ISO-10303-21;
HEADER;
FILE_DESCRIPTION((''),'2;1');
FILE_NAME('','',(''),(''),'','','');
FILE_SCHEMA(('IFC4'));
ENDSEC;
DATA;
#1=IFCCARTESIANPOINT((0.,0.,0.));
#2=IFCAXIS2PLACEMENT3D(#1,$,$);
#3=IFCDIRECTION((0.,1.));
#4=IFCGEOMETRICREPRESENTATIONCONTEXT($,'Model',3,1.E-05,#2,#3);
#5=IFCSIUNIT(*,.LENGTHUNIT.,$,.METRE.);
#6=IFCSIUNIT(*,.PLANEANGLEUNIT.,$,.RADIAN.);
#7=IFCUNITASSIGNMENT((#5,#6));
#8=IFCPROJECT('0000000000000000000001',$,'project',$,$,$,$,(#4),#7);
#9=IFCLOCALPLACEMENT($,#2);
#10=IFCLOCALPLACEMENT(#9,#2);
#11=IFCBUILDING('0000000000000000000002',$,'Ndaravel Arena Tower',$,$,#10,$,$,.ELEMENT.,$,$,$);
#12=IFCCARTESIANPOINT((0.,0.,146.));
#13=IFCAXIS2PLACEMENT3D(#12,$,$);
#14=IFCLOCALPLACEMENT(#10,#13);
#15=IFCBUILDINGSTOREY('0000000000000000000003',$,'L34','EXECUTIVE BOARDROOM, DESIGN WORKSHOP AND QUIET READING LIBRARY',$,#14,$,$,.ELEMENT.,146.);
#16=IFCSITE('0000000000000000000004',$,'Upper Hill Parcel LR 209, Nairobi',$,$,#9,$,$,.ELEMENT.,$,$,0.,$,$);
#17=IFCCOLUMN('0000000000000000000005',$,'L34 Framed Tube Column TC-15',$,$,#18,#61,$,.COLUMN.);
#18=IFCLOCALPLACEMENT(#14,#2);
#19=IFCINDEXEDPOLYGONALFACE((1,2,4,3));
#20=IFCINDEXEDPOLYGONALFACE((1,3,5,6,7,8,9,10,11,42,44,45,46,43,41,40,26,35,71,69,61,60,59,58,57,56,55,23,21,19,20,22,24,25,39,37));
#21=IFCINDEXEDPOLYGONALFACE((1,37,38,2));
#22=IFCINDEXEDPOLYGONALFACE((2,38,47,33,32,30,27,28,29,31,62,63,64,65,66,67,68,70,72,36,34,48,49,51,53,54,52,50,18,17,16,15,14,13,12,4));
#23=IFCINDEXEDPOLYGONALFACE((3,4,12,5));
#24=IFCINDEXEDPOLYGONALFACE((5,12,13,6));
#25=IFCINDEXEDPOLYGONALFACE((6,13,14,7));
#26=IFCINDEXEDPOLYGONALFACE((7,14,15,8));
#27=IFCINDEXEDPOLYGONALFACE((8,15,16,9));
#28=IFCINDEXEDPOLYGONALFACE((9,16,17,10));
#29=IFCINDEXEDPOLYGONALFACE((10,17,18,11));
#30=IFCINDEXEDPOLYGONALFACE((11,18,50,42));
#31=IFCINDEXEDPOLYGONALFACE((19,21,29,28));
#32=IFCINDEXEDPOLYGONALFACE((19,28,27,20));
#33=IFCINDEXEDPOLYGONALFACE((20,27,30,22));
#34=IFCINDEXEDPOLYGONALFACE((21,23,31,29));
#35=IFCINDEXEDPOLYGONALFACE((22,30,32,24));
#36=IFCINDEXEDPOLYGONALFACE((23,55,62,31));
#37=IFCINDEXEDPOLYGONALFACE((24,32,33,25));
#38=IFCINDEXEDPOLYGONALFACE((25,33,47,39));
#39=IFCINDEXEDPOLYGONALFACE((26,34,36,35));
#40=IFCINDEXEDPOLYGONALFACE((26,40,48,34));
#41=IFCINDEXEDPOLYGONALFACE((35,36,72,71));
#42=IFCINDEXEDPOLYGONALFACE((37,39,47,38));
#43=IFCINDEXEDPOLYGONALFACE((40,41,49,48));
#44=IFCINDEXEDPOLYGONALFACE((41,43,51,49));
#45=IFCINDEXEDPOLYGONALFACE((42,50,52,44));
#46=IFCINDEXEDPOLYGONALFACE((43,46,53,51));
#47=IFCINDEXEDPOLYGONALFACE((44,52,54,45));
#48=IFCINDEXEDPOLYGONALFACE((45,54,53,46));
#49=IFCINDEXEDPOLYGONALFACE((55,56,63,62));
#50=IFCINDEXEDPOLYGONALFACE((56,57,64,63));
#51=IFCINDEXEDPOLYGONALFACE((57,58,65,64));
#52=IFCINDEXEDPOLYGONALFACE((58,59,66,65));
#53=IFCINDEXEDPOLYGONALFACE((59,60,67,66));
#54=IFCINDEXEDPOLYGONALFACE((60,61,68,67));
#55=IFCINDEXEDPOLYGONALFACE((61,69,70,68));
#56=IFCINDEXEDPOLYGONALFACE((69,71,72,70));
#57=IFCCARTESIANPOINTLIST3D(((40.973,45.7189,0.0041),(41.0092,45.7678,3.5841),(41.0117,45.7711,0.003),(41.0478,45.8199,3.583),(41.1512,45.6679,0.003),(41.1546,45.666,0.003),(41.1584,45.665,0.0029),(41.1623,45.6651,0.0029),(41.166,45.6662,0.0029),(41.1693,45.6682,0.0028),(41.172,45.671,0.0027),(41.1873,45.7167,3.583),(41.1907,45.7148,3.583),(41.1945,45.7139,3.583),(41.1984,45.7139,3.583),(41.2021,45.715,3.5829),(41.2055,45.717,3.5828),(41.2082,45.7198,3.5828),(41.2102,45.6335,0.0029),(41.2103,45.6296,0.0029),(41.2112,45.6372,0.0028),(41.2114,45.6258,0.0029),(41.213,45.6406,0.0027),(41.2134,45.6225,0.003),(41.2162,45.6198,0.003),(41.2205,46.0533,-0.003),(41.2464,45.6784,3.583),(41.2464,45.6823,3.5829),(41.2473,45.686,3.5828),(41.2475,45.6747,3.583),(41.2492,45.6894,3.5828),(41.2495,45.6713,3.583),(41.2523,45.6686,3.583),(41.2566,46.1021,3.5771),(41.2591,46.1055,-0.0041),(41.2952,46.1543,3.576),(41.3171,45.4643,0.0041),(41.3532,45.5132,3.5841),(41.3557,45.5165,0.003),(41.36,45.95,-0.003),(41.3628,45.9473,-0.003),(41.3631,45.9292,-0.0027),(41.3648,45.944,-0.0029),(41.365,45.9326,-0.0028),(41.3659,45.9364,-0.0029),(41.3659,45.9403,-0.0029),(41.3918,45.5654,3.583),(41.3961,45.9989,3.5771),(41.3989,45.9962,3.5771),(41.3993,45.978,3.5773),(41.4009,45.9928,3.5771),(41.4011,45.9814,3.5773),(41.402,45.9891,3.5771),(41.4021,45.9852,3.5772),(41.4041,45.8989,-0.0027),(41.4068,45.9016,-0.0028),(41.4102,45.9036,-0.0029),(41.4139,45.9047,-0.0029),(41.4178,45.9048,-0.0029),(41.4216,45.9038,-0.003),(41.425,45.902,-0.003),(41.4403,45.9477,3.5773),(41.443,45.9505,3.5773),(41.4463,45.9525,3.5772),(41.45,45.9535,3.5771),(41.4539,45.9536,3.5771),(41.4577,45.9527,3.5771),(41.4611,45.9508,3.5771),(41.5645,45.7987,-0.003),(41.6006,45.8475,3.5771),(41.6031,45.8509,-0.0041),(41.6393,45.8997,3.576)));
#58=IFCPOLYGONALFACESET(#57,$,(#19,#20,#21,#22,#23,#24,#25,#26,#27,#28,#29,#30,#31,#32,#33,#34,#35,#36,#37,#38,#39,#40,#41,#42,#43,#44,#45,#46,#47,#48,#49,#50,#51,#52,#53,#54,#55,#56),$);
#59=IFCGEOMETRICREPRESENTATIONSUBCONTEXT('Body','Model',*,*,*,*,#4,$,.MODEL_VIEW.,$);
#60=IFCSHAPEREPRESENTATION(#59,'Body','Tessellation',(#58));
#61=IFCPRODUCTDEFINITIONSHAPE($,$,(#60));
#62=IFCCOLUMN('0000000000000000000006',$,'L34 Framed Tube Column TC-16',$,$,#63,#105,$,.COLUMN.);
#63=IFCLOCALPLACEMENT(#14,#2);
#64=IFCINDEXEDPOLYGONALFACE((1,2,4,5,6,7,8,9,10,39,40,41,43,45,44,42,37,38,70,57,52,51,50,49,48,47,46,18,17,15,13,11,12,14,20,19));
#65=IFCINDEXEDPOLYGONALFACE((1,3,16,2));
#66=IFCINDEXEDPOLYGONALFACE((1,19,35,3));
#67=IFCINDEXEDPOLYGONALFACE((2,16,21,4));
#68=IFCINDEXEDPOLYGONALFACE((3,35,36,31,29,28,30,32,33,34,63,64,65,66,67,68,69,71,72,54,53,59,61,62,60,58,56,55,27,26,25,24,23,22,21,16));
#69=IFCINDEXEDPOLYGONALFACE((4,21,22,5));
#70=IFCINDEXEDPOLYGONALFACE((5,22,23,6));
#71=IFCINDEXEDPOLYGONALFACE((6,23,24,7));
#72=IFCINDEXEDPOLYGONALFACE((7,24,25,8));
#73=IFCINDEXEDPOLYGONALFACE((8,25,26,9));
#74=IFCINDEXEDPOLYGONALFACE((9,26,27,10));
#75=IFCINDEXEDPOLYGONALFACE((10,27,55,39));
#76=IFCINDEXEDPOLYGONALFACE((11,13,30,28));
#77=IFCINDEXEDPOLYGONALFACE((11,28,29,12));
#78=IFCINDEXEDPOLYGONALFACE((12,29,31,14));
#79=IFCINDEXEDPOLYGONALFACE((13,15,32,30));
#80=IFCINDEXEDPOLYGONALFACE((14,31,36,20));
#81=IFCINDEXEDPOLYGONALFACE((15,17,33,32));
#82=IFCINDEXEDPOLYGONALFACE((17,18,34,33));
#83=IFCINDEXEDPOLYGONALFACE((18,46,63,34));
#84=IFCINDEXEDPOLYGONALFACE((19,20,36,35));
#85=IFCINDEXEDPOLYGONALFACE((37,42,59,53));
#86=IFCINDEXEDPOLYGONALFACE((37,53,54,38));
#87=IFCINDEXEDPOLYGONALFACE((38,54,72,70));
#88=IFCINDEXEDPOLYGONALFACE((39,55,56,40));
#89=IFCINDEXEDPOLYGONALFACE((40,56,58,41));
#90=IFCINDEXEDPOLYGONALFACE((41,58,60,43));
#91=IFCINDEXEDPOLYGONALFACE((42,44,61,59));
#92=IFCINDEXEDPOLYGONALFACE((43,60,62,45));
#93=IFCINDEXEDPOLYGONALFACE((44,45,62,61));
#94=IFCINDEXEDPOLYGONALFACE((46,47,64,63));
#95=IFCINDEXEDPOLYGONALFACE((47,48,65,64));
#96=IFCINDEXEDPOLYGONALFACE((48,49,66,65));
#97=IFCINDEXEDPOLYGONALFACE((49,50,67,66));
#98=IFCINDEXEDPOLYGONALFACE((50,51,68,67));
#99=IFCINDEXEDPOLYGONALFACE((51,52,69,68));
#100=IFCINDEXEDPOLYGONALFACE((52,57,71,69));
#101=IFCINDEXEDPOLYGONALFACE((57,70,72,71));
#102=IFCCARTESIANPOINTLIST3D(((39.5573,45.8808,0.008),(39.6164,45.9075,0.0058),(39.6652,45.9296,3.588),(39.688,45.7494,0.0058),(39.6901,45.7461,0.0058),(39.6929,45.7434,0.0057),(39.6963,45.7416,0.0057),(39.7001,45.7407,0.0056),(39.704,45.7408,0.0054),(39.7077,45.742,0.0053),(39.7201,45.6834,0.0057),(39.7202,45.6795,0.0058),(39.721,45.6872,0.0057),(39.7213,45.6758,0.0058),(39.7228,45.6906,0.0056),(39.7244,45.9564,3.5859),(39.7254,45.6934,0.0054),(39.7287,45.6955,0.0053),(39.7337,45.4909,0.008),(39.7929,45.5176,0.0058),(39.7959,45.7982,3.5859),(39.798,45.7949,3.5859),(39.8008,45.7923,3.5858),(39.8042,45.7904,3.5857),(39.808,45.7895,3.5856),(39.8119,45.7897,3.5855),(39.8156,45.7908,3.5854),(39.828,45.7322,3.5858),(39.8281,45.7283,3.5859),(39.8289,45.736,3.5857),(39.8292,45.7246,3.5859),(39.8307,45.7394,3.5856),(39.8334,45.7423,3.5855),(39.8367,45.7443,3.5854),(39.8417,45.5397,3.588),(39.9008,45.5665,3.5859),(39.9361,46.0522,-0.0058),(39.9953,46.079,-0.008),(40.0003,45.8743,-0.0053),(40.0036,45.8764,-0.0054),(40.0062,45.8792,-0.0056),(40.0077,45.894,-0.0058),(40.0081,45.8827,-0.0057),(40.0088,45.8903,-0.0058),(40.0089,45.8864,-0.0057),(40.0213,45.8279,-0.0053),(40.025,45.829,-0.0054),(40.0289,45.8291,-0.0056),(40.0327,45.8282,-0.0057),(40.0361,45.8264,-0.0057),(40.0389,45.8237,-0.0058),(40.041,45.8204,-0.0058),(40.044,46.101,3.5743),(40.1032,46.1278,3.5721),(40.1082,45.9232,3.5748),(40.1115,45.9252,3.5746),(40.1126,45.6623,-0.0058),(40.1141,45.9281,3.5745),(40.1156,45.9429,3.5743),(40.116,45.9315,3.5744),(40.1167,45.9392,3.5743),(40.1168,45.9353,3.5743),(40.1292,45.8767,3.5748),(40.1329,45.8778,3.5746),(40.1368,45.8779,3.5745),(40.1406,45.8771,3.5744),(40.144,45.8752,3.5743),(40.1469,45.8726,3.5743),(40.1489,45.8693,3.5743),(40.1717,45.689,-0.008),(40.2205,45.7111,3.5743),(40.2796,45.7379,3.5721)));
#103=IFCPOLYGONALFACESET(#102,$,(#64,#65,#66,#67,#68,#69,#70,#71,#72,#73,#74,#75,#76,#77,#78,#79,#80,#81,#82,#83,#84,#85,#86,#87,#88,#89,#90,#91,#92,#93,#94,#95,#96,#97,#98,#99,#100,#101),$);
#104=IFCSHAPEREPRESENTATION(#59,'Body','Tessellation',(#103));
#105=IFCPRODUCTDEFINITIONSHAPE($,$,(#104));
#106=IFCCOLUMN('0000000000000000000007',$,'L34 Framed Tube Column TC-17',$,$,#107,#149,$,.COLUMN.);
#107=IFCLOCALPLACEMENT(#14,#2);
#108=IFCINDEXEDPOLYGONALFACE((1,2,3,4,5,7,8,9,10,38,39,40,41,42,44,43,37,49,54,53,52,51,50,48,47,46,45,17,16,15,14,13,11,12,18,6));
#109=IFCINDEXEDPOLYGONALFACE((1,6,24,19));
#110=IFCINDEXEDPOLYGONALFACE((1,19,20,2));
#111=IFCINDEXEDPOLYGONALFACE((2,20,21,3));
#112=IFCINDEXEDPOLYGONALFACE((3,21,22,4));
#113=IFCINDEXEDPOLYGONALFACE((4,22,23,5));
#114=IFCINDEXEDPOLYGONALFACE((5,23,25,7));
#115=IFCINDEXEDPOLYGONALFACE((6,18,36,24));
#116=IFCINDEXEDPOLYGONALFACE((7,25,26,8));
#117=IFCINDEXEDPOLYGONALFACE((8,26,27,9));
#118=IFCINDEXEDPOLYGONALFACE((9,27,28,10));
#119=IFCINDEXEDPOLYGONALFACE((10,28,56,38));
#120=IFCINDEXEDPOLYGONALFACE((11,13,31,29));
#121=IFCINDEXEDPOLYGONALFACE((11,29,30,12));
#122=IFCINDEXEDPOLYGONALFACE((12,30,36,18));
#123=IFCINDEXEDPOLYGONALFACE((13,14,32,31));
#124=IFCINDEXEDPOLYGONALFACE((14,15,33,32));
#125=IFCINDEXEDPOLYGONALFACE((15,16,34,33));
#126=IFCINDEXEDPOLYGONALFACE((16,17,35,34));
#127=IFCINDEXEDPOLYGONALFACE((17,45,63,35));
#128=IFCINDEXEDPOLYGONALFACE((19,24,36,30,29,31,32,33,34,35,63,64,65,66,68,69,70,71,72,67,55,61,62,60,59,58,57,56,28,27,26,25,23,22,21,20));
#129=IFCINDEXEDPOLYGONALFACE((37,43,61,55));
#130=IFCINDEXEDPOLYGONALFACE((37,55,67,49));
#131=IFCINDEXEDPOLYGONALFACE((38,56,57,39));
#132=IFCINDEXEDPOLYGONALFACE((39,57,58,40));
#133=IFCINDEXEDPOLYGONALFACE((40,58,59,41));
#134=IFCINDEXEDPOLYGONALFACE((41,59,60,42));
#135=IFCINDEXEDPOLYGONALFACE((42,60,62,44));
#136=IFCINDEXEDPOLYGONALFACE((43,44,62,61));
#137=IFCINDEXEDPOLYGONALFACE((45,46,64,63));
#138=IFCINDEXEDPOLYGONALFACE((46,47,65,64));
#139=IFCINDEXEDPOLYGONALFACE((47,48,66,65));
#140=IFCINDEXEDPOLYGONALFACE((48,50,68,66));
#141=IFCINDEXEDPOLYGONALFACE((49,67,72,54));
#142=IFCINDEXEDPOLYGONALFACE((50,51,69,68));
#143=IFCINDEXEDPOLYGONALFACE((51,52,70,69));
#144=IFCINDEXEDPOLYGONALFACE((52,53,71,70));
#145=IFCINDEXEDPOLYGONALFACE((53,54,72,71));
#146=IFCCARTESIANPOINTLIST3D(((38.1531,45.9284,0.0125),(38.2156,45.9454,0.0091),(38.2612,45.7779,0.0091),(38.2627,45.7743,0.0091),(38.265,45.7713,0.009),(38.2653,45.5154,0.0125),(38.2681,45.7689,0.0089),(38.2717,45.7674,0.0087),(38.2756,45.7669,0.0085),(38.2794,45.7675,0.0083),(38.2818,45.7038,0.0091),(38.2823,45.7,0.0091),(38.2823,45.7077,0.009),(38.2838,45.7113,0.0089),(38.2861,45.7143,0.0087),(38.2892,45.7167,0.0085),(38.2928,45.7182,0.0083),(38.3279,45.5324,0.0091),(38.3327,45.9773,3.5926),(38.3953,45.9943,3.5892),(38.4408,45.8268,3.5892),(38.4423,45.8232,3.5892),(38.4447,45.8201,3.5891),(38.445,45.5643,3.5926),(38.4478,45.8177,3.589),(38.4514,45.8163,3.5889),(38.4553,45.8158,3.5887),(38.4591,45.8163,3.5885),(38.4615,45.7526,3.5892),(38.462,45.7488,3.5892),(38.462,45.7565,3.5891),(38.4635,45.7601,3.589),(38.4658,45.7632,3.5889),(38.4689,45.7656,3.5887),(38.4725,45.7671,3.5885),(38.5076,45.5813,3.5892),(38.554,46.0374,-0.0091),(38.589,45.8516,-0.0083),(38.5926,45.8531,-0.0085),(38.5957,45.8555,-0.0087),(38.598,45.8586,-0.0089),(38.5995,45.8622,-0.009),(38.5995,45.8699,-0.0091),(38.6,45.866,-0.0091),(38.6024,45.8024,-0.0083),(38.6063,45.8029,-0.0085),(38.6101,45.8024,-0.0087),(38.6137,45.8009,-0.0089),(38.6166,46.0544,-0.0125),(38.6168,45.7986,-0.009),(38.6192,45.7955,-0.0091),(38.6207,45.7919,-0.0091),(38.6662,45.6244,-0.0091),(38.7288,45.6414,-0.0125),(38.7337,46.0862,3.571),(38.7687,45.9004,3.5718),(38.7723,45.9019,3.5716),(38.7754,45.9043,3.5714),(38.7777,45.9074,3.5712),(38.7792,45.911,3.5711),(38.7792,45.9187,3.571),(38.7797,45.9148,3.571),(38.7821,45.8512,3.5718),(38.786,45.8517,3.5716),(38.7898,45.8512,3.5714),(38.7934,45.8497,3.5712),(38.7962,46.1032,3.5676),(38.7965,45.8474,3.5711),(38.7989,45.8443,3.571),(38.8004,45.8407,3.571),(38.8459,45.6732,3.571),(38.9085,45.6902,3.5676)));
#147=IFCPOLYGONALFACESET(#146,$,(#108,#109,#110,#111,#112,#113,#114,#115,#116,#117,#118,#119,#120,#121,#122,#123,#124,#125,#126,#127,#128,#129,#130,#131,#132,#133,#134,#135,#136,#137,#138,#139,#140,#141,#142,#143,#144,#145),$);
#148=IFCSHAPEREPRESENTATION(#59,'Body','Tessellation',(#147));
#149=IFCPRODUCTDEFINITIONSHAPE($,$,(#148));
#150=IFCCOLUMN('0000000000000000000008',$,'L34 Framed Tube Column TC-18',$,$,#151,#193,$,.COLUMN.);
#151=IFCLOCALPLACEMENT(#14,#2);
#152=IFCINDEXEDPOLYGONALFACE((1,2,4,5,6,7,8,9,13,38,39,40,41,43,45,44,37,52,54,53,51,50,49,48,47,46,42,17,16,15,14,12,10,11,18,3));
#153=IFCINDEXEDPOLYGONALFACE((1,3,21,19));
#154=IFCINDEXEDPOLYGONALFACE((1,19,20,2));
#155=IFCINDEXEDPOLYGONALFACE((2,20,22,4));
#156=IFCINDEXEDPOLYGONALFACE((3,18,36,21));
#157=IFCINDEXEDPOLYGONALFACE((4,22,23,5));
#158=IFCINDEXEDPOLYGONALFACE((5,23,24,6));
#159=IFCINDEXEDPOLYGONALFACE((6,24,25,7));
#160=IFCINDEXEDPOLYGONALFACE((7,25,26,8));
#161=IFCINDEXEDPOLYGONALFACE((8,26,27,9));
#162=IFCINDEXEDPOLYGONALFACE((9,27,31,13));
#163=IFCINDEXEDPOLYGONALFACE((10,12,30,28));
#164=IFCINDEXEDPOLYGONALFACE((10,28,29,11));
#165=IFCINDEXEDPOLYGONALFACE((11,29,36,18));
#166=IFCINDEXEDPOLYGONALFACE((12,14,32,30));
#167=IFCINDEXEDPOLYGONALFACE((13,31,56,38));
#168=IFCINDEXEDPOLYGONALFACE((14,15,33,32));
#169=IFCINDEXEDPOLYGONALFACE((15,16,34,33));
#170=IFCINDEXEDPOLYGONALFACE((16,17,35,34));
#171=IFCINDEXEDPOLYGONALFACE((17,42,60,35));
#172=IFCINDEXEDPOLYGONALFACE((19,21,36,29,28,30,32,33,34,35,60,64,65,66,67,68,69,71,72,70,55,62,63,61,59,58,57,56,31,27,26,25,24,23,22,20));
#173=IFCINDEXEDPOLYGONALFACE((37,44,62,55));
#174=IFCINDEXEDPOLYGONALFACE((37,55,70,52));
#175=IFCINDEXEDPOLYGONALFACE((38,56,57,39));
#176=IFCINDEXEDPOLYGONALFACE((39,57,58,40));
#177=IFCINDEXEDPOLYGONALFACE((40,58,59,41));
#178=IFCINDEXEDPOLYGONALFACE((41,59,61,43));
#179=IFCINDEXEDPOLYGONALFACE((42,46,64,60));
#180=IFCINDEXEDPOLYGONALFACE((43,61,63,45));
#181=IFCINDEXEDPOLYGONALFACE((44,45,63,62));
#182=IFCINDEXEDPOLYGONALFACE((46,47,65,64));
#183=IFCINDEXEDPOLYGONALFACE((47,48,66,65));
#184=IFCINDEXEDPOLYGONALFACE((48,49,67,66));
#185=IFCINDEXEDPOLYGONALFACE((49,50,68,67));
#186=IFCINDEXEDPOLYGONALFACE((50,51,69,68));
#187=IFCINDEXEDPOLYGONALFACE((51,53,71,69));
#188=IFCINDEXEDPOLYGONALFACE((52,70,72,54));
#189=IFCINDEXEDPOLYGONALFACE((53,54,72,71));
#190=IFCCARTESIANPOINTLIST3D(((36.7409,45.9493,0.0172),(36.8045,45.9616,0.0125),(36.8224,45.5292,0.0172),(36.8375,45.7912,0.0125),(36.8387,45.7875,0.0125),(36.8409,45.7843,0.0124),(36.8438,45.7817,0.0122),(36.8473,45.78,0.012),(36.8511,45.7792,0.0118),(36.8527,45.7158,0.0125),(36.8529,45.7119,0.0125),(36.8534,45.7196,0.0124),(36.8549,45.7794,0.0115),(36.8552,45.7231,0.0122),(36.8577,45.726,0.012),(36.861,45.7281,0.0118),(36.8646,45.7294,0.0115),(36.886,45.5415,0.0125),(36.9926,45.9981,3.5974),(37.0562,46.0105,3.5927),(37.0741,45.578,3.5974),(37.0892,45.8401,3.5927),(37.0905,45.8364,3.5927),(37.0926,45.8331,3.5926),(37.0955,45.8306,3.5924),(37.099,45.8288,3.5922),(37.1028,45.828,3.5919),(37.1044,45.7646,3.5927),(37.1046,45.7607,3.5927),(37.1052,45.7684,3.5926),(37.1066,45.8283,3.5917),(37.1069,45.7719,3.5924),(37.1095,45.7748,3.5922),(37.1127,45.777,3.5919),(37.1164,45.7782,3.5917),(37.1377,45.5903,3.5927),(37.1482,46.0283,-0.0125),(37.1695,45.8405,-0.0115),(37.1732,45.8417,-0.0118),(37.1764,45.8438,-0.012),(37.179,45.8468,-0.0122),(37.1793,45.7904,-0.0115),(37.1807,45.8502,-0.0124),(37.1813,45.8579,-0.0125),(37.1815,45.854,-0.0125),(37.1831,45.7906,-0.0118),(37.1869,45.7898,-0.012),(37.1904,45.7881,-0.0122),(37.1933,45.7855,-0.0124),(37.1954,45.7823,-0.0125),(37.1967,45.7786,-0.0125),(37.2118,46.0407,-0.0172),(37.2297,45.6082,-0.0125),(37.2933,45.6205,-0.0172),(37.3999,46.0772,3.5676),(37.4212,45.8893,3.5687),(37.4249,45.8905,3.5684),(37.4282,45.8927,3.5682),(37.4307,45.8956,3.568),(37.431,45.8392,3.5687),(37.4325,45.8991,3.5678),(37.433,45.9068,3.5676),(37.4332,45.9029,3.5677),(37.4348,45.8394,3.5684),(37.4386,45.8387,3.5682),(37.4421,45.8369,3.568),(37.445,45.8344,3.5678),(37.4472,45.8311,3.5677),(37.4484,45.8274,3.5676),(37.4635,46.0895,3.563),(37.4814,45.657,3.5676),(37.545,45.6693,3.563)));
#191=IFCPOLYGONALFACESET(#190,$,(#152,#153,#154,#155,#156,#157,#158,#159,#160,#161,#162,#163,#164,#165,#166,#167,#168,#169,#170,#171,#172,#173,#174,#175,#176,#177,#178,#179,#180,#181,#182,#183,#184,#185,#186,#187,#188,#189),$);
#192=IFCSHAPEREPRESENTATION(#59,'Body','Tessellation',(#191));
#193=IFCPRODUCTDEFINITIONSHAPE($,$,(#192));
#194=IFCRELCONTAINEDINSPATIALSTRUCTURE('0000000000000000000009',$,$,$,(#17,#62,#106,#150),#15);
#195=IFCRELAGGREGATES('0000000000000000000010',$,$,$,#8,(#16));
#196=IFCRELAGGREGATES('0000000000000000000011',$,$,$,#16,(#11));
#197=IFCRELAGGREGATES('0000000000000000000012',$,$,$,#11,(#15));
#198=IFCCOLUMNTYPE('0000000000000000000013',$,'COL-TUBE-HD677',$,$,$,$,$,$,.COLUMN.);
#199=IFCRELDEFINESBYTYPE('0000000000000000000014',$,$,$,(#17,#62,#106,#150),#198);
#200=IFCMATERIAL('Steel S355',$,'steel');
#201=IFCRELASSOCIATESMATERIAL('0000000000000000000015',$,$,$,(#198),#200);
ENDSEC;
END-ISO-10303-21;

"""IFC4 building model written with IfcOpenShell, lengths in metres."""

from ifc_helpers import new_model, si_unit, direction, frame, origin, origin_2d, place, context, subcontext, project, spatial, i_section, extrude, material, material_profile, profile_set, type_object, element, save


model = new_model("IFC4")

# Units and contexts
model_context = context("Model", 3, precision=1e-05, world=origin(), true_north=direction((0.0, 1.0)))
body_context = subcontext(model_context, "Body", "Model", "MODEL_VIEW")
ifc_project = project(units=[si_unit("LENGTHUNIT", "METRE"), si_unit("PLANEANGLEUNIT", "RADIAN")], contexts=[model_context])

# Site, building, storey
site_placement = place(None, origin())
site = spatial("IfcSite", under=ifc_project, at=site_placement, Name="Upper Hill Parcel LR 209, Nairobi", CompositionType="ELEMENT", RefElevation=0.0)
building_placement = place(site_placement, origin())
building = spatial("IfcBuilding", under=site, at=building_placement, Name="Ndaravel Arena Tower", CompositionType="ELEMENT")
storey_placement = place(building_placement, frame((0.0, 0.0, 146.0)))
storey = spatial("IfcBuildingStorey", under=building, at=storey_placement, Name="L34", Description="EXECUTIVE BOARDROOM, DESIGN WORKSHOP AND QUIET READING LIBRARY", CompositionType="ELEMENT", Elevation=146.0)

# Columns
ifc_material_1 = material(Name="Steel S355", Category="steel")
ifc_material_profile_1 = material_profile(ifc_material_1, i_section(OverallWidth=0.428, OverallDepth=0.481, WebThickness=0.051, FlangeThickness=0.0649, FilletRadius=0.0149, at=origin_2d()), Name="HD 400x677")
ifc_profile_set_1 = profile_set([ifc_material_profile_1], Name="Steel S355")
column_type = type_object("IfcColumnType", Name="COL-TUBE-HD677", PredefinedType="COLUMN", material=ifc_profile_set_1)
column_1_placement = place(storey_placement, frame((41.2881, 45.7849, 0.0), z_axis=(0.010091, 0.013637, 0.999856), x_axis=(-0.803842, 0.594843, 0.0)))
element("IfcColumn", 1, at=column_1_placement, inside=storey, type_object=column_type, Name="L34 Framed Tube Column TC-15", PredefinedType="COLUMN", context=body_context, shape_type="SweptSolid", body=[
    extrude(i_section(OverallWidth=0.428, OverallDepth=0.481, WebThickness=0.051, FlangeThickness=0.0649, FilletRadius=0.0149, at=origin_2d()), origin(), (0.0, 0.0, 1.0), 3.5806),
])
column_2_placement = place(storey_placement, frame((39.8645, 45.7849, 0.0), z_axis=(0.030125, 0.013631, 0.999453), x_axis=(-0.412249, 0.911071, 0.0)))
element("IfcColumn", 2, at=column_2_placement, inside=storey, type_object=column_type, Name="L34 Framed Tube Column TC-16", PredefinedType="COLUMN", context=body_context, shape_type="SweptSolid", body=[
    extrude(i_section(OverallWidth=0.428, OverallDepth=0.481, WebThickness=0.051, FlangeThickness=0.0649, FilletRadius=0.0149, at=origin_2d()), origin(), (0.0, 0.0, 1.0), 3.582),
])
column_3_placement = place(storey_placement, frame((38.4409, 45.7849, 0.0), z_axis=(0.050123, 0.01362, 0.99865), x_axis=(-0.26223, 0.965005, 0.0)))
element("IfcColumn", 3, at=column_3_placement, inside=storey, type_object=column_type, Name="L34 Framed Tube Column TC-17", PredefinedType="COLUMN", context=body_context, shape_type="SweptSolid", body=[
    extrude(i_section(OverallWidth=0.428, OverallDepth=0.481, WebThickness=0.051, FlangeThickness=0.0649, FilletRadius=0.0149, at=origin_2d()), origin(), (0.0, 0.0, 1.0), 3.585),
])
column_4_placement = place(storey_placement, frame((37.0171, 45.7849, 0.0), z_axis=(0.070129, 0.013604, 0.997445), x_axis=(-0.190436, 0.9817, 0.0)))
element("IfcColumn", 4, at=column_4_placement, inside=storey, type_object=column_type, Name="L34 Framed Tube Column TC-18", PredefinedType="COLUMN", context=body_context, shape_type="SweptSolid", body=[
    extrude(i_section(OverallWidth=0.428, OverallDepth=0.481, WebThickness=0.051, FlangeThickness=0.0649, FilletRadius=0.0149, at=origin_2d()), origin(), (0.0, 0.0, 1.0), 3.5894),
])

save(model, "model.ifc")
